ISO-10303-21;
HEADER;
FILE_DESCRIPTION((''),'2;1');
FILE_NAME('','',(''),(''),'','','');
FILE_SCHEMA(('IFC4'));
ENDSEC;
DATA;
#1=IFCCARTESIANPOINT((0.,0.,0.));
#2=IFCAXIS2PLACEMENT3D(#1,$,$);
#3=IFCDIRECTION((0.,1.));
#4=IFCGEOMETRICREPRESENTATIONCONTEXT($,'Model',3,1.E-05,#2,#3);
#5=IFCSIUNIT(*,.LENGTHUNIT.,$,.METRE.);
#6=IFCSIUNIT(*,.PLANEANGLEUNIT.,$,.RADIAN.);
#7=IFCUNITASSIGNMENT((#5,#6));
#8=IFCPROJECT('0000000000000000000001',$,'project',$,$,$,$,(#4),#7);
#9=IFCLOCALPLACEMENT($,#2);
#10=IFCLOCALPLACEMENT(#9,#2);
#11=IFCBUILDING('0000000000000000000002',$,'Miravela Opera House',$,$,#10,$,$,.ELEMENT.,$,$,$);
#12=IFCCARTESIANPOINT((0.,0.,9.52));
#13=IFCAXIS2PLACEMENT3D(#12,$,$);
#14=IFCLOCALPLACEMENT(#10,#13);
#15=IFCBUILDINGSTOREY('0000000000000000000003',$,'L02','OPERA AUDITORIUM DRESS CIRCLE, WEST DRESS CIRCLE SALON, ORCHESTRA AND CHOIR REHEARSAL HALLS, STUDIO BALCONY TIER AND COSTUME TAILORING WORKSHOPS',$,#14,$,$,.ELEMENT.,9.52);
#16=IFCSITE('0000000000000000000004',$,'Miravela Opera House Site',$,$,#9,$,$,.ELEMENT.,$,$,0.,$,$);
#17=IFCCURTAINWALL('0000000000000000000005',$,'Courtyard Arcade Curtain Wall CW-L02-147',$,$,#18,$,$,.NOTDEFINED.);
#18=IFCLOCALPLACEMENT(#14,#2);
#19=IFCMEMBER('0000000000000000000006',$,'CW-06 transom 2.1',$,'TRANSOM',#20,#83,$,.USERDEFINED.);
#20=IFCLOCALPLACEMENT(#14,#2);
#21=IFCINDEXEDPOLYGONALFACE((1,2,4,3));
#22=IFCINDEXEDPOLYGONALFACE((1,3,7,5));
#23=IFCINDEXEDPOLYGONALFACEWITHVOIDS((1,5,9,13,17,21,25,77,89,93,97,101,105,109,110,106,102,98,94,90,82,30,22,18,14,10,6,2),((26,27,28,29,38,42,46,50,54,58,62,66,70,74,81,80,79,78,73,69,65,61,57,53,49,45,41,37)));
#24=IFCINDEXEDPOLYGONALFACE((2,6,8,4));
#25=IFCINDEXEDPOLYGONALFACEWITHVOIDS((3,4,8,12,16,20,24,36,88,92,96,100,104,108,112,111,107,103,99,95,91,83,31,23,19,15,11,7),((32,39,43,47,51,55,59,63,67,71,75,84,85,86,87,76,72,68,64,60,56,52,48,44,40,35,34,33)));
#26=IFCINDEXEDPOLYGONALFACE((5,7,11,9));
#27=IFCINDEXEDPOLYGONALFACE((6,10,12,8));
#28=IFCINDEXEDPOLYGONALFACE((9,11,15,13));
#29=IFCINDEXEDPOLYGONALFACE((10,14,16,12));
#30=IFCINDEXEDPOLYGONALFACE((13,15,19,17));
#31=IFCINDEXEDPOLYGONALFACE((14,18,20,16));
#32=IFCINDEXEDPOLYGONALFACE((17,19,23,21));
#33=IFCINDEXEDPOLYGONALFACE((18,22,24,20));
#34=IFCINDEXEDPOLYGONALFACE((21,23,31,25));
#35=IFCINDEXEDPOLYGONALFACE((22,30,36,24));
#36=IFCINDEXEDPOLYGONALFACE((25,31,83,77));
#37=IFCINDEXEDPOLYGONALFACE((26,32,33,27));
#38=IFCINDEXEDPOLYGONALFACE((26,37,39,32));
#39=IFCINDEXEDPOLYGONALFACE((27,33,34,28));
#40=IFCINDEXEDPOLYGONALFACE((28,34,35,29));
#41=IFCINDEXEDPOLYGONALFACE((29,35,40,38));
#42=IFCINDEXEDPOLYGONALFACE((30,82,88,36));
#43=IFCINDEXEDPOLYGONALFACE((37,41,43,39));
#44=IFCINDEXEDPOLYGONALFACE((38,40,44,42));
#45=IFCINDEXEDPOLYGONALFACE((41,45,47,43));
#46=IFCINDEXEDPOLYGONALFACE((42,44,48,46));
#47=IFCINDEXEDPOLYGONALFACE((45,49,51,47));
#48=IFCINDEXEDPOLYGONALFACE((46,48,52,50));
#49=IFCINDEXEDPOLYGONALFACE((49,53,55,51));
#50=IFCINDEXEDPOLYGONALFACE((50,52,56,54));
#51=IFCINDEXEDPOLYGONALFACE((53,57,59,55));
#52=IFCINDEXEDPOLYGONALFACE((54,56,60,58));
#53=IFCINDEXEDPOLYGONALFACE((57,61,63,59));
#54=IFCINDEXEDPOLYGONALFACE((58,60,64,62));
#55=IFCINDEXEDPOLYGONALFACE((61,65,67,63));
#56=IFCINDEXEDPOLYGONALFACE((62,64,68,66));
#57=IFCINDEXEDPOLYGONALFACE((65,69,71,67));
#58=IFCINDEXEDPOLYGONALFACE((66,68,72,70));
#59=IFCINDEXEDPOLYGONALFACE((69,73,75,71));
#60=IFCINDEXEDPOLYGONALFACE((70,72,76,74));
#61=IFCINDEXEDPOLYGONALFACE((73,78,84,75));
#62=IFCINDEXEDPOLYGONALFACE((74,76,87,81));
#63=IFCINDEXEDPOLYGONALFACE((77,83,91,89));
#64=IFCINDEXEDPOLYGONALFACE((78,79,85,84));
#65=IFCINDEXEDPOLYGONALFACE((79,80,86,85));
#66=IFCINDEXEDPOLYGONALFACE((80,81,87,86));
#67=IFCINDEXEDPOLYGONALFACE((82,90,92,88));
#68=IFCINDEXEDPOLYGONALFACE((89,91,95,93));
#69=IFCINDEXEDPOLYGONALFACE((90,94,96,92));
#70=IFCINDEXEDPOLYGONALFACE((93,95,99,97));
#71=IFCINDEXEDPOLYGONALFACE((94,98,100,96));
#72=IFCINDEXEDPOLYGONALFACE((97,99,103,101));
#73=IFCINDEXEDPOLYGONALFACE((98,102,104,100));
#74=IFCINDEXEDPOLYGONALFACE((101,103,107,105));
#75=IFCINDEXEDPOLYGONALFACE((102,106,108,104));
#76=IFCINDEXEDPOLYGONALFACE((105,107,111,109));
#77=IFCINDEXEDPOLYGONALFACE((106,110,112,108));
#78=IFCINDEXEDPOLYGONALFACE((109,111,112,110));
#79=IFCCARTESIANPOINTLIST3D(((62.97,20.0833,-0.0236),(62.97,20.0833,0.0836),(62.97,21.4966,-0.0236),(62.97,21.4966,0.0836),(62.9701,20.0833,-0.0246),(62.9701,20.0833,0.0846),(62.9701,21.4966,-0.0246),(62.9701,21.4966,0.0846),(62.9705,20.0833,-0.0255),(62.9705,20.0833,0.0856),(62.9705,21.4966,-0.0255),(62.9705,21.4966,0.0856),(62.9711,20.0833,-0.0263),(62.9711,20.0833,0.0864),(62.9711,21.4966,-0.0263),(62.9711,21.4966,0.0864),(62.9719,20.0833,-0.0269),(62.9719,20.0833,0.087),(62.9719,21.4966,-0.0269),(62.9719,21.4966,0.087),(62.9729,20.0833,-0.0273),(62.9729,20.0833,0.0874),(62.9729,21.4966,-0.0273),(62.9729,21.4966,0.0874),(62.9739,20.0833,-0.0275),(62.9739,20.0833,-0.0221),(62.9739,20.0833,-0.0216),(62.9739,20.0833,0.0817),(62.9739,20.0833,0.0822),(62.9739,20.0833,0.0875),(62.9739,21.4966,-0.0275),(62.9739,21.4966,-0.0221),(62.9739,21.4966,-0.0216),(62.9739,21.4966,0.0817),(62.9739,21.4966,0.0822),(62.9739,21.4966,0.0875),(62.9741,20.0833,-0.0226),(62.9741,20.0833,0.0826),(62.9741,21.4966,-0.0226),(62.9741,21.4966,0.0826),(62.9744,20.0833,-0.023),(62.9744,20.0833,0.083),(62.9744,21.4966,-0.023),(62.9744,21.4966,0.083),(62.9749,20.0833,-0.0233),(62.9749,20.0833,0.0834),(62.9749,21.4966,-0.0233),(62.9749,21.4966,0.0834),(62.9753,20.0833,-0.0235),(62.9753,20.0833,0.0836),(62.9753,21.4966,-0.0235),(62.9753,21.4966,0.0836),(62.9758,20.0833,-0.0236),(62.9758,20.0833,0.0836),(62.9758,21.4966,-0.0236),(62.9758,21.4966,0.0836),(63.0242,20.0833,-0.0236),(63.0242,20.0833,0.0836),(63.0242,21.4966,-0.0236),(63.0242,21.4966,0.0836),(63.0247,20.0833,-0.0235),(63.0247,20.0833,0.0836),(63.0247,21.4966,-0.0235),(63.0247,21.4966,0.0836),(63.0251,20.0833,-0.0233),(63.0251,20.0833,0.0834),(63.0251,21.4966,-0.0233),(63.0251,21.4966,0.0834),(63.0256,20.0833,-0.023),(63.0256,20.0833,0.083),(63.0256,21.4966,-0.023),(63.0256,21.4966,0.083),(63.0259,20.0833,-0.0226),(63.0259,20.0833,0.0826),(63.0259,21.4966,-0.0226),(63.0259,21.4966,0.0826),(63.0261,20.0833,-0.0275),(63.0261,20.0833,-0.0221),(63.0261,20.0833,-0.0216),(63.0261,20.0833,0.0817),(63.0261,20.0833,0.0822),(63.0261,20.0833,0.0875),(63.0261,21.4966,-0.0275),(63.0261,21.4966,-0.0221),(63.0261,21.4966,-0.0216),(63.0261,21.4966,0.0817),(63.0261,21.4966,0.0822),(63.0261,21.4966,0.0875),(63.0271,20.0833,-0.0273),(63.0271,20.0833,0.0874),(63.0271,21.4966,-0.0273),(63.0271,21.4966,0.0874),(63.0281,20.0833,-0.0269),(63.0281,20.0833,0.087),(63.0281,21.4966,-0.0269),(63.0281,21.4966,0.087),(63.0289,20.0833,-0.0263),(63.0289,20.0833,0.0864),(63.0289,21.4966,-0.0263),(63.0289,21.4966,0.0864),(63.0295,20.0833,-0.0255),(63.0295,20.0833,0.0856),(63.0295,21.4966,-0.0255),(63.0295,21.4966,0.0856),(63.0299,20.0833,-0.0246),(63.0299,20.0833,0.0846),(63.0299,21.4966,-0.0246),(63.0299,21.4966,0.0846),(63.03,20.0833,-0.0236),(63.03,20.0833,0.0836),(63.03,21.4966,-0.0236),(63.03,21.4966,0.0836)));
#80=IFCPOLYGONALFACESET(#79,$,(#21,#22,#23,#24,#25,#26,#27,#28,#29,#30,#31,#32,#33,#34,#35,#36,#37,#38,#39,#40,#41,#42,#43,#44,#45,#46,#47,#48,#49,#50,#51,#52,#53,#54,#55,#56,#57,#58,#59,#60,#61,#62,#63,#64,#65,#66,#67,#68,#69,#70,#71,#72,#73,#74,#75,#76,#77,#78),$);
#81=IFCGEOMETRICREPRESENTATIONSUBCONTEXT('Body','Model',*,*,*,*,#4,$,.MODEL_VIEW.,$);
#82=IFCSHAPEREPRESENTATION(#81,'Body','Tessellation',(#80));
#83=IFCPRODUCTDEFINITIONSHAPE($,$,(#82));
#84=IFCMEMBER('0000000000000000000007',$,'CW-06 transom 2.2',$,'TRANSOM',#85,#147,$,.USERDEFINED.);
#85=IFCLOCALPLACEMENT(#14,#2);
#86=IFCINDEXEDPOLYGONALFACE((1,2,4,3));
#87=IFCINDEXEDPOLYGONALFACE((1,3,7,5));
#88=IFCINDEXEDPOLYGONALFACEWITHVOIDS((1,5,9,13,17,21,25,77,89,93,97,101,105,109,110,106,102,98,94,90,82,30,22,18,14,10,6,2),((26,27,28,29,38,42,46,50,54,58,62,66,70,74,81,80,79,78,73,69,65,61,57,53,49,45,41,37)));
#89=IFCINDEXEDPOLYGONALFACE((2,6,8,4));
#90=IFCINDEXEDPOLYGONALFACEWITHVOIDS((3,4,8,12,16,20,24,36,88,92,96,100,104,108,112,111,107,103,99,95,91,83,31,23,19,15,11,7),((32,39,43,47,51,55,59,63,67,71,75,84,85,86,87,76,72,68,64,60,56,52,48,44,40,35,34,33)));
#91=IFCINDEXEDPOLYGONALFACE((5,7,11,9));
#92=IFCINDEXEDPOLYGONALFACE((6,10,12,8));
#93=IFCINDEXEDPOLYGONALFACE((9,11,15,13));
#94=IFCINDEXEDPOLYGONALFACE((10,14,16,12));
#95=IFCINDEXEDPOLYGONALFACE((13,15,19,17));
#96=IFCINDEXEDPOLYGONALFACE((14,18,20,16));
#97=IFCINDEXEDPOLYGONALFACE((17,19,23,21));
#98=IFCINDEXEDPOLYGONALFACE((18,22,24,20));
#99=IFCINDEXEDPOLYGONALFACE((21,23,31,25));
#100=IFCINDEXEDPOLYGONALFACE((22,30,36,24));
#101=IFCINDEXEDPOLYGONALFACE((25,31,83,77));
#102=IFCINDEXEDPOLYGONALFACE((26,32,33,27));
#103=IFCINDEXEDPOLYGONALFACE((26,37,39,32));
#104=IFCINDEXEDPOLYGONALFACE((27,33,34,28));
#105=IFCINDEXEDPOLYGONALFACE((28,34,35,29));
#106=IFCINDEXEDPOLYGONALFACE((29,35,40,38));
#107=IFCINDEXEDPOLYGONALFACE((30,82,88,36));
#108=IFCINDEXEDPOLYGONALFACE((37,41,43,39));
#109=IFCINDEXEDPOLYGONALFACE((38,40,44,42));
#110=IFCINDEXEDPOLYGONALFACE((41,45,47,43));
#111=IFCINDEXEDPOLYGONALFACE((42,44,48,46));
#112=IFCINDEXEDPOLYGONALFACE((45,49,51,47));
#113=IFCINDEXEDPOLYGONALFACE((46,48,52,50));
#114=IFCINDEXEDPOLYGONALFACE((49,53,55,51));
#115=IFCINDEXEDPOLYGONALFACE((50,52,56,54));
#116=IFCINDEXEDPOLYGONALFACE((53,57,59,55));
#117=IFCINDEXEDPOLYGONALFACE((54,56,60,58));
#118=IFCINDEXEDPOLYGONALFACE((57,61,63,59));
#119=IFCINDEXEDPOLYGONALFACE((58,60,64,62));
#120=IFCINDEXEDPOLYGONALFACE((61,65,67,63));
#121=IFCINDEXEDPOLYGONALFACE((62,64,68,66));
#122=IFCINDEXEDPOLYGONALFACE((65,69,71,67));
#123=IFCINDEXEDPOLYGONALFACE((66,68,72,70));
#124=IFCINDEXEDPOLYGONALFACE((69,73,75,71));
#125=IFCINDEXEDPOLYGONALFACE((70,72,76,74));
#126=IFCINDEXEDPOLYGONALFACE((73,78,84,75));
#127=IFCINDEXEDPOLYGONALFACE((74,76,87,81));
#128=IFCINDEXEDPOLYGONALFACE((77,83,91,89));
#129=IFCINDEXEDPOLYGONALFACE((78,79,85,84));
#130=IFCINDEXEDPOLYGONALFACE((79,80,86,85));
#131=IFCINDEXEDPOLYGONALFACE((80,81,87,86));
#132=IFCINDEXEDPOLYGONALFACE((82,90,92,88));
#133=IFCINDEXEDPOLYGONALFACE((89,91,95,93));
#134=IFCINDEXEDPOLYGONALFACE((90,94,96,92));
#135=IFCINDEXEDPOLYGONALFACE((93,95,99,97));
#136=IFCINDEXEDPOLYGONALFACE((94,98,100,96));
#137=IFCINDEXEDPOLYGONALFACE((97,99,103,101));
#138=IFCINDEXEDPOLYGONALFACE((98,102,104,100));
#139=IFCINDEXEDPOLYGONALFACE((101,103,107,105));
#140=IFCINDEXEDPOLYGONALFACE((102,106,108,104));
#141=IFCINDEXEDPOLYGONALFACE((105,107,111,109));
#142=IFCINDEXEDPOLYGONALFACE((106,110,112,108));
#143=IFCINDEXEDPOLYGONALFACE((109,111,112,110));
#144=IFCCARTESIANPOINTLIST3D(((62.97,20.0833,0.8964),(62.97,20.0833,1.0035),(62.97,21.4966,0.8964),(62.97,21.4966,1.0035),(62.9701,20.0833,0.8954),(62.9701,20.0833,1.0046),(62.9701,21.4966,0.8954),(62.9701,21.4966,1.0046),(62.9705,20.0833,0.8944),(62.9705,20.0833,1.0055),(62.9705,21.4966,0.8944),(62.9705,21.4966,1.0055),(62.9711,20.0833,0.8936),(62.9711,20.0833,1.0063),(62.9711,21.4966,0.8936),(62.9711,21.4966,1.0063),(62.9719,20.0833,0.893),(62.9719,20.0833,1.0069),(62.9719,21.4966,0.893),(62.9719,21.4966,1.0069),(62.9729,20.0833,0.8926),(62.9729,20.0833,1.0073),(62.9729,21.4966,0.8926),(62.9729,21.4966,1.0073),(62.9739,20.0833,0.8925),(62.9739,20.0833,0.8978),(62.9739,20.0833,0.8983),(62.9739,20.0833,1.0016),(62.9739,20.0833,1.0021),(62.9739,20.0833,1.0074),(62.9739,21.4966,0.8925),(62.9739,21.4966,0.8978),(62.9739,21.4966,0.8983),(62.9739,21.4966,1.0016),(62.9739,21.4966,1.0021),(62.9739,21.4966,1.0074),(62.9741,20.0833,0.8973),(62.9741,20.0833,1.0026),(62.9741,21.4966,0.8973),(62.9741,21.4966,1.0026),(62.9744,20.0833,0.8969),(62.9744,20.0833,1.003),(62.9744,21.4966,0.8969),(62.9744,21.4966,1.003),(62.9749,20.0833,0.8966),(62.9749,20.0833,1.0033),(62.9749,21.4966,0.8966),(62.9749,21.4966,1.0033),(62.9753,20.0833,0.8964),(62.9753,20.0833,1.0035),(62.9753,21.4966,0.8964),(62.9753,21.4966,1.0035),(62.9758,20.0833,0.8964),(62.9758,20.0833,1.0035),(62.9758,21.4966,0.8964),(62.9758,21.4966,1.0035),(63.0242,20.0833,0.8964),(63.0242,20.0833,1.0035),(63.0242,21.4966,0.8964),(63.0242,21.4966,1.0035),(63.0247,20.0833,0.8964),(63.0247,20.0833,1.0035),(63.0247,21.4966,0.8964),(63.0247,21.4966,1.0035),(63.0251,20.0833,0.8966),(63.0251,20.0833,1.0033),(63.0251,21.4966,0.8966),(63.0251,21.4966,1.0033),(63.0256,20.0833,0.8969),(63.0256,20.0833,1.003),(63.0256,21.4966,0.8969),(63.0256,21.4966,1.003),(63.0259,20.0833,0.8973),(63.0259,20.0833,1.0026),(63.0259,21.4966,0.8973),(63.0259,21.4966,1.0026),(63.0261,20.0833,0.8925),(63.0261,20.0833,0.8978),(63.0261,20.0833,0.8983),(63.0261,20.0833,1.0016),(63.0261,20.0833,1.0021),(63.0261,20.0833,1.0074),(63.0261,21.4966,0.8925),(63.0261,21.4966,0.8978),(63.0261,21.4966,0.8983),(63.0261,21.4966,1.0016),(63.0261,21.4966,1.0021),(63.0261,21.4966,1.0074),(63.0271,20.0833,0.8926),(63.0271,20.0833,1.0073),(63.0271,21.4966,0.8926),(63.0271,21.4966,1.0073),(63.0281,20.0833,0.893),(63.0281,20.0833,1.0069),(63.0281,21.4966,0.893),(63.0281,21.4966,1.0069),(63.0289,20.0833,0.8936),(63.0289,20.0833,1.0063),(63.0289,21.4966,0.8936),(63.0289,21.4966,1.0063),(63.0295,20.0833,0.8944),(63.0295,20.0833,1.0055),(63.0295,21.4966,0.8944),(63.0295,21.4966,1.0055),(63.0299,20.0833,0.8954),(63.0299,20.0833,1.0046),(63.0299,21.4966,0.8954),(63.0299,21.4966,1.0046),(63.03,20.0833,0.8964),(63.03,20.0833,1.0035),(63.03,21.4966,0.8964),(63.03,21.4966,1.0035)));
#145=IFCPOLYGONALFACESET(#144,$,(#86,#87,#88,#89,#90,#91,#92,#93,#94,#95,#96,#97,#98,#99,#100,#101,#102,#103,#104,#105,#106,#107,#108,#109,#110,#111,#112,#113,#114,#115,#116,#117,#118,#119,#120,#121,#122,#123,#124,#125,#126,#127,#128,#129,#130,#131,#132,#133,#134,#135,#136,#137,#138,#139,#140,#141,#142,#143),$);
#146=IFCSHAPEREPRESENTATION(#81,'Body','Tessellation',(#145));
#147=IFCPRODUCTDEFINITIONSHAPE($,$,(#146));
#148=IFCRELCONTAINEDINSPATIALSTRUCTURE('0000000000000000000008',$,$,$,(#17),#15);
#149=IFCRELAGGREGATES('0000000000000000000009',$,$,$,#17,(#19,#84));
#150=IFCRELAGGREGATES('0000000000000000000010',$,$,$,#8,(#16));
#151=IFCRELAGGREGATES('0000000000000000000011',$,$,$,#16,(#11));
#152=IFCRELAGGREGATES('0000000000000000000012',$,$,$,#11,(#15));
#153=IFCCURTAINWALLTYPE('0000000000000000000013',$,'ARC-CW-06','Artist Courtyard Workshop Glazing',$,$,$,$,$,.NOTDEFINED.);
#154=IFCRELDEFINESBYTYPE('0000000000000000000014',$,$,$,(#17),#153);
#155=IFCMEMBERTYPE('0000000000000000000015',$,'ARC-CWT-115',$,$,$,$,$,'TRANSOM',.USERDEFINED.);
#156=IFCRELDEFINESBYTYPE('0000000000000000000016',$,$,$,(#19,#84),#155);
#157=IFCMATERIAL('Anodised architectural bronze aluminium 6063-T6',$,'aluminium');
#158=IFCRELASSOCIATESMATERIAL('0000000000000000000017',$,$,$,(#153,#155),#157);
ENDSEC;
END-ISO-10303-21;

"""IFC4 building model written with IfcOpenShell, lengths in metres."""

from ifc_helpers import new_model, si_unit, direction, frame, origin, origin_2d, place, context, subcontext, project, spatial, hollow_rectangle, extrude, material, material_profile, profile_set, type_object, element, aggregate, save


model = new_model("IFC4")

# Units and contexts
model_context = context("Model", 3, precision=1e-05, world=origin(), true_north=direction((0.0, 1.0)))
body_context = subcontext(model_context, "Body", "Model", "MODEL_VIEW")
ifc_project = project(units=[si_unit("LENGTHUNIT", "METRE"), si_unit("PLANEANGLEUNIT", "RADIAN")], contexts=[model_context])

# Site, building, storey
site_placement = place(None, origin())
site = spatial("IfcSite", under=ifc_project, at=site_placement, Name="Miravela Opera House Site", CompositionType="ELEMENT", RefElevation=0.0)
building_placement = place(site_placement, origin())
building = spatial("IfcBuilding", under=site, at=building_placement, Name="Miravela Opera House", CompositionType="ELEMENT")
storey_placement = place(building_placement, frame((0.0, 0.0, 9.52)))
storey = spatial("IfcBuildingStorey", under=building, at=storey_placement, Name="L02", Description="OPERA AUDITORIUM DRESS CIRCLE, WEST DRESS CIRCLE SALON, ORCHESTRA AND CHOIR REHEARSAL HALLS, STUDIO BALCONY TIER AND COSTUME TAILORING WORKSHOPS", CompositionType="ELEMENT", Elevation=9.52)

# Curtain wall, members
ifc_material_1 = material(Name="Anodised architectural bronze aluminium 6063-T6", Category="aluminium")
curtain_wall_type = type_object("IfcCurtainWallType", Name="ARC-CW-06", Description="Artist Courtyard Workshop Glazing", PredefinedType="NOTDEFINED", material=ifc_material_1)
curtain_wall_placement = place(storey_placement, origin())
curtain_wall = element("IfcCurtainWall", 1, at=curtain_wall_placement, inside=storey, type_object=curtain_wall_type, Name="Courtyard Arcade Curtain Wall CW-L02-147", PredefinedType="NOTDEFINED")
ifc_material_profile_1 = material_profile(ifc_material_1, hollow_rectangle(XDim=0.0601, YDim=0.115, WallThickness=0.0039, InnerFilletRadius=0.002, OuterFilletRadius=0.0039, at=origin_2d()), Name="CWT-60X115")
ifc_profile_set_1 = profile_set([ifc_material_profile_1])
member_type_1 = type_object("IfcMemberType", Name="ARC-CWT-115", ElementType="TRANSOM", PredefinedType="USERDEFINED", material=ifc_profile_set_1)
member_1_placement = place(storey_placement, frame((63.0, 20.0833, 0.03), z_axis=(0.0, 1.0, 0.0), x_axis=(-1.0, 0.0, 0.0)))
member_1 = element("IfcMember", 2, at=member_1_placement, type_object=member_type_1, Name="CW-06 transom 2.1", ObjectType="TRANSOM", PredefinedType="USERDEFINED", context=body_context, shape_type="SweptSolid", body=[
    extrude(hollow_rectangle(XDim=0.0601, YDim=0.115, WallThickness=0.0039, InnerFilletRadius=0.002, OuterFilletRadius=0.0039, at=origin_2d()), origin(), (0.0, 0.0, 1.0), 1.4133),
])
member_2_placement = place(storey_placement, frame((63.0, 20.0833, 0.95), z_axis=(0.0, 1.0, 0.0), x_axis=(-1.0, 0.0, 0.0)))
member_2 = element("IfcMember", 3, at=member_2_placement, type_object=member_type_1, Name="CW-06 transom 2.2", ObjectType="TRANSOM", PredefinedType="USERDEFINED", context=body_context, shape_type="SweptSolid", body=[
    extrude(hollow_rectangle(XDim=0.0601, YDim=0.115, WallThickness=0.0039, InnerFilletRadius=0.002, OuterFilletRadius=0.0039, at=origin_2d()), origin(), (0.0, 0.0, 1.0), 1.4133),
])

aggregate(curtain_wall, [member_1, member_2])

save(model, "model.ifc")
